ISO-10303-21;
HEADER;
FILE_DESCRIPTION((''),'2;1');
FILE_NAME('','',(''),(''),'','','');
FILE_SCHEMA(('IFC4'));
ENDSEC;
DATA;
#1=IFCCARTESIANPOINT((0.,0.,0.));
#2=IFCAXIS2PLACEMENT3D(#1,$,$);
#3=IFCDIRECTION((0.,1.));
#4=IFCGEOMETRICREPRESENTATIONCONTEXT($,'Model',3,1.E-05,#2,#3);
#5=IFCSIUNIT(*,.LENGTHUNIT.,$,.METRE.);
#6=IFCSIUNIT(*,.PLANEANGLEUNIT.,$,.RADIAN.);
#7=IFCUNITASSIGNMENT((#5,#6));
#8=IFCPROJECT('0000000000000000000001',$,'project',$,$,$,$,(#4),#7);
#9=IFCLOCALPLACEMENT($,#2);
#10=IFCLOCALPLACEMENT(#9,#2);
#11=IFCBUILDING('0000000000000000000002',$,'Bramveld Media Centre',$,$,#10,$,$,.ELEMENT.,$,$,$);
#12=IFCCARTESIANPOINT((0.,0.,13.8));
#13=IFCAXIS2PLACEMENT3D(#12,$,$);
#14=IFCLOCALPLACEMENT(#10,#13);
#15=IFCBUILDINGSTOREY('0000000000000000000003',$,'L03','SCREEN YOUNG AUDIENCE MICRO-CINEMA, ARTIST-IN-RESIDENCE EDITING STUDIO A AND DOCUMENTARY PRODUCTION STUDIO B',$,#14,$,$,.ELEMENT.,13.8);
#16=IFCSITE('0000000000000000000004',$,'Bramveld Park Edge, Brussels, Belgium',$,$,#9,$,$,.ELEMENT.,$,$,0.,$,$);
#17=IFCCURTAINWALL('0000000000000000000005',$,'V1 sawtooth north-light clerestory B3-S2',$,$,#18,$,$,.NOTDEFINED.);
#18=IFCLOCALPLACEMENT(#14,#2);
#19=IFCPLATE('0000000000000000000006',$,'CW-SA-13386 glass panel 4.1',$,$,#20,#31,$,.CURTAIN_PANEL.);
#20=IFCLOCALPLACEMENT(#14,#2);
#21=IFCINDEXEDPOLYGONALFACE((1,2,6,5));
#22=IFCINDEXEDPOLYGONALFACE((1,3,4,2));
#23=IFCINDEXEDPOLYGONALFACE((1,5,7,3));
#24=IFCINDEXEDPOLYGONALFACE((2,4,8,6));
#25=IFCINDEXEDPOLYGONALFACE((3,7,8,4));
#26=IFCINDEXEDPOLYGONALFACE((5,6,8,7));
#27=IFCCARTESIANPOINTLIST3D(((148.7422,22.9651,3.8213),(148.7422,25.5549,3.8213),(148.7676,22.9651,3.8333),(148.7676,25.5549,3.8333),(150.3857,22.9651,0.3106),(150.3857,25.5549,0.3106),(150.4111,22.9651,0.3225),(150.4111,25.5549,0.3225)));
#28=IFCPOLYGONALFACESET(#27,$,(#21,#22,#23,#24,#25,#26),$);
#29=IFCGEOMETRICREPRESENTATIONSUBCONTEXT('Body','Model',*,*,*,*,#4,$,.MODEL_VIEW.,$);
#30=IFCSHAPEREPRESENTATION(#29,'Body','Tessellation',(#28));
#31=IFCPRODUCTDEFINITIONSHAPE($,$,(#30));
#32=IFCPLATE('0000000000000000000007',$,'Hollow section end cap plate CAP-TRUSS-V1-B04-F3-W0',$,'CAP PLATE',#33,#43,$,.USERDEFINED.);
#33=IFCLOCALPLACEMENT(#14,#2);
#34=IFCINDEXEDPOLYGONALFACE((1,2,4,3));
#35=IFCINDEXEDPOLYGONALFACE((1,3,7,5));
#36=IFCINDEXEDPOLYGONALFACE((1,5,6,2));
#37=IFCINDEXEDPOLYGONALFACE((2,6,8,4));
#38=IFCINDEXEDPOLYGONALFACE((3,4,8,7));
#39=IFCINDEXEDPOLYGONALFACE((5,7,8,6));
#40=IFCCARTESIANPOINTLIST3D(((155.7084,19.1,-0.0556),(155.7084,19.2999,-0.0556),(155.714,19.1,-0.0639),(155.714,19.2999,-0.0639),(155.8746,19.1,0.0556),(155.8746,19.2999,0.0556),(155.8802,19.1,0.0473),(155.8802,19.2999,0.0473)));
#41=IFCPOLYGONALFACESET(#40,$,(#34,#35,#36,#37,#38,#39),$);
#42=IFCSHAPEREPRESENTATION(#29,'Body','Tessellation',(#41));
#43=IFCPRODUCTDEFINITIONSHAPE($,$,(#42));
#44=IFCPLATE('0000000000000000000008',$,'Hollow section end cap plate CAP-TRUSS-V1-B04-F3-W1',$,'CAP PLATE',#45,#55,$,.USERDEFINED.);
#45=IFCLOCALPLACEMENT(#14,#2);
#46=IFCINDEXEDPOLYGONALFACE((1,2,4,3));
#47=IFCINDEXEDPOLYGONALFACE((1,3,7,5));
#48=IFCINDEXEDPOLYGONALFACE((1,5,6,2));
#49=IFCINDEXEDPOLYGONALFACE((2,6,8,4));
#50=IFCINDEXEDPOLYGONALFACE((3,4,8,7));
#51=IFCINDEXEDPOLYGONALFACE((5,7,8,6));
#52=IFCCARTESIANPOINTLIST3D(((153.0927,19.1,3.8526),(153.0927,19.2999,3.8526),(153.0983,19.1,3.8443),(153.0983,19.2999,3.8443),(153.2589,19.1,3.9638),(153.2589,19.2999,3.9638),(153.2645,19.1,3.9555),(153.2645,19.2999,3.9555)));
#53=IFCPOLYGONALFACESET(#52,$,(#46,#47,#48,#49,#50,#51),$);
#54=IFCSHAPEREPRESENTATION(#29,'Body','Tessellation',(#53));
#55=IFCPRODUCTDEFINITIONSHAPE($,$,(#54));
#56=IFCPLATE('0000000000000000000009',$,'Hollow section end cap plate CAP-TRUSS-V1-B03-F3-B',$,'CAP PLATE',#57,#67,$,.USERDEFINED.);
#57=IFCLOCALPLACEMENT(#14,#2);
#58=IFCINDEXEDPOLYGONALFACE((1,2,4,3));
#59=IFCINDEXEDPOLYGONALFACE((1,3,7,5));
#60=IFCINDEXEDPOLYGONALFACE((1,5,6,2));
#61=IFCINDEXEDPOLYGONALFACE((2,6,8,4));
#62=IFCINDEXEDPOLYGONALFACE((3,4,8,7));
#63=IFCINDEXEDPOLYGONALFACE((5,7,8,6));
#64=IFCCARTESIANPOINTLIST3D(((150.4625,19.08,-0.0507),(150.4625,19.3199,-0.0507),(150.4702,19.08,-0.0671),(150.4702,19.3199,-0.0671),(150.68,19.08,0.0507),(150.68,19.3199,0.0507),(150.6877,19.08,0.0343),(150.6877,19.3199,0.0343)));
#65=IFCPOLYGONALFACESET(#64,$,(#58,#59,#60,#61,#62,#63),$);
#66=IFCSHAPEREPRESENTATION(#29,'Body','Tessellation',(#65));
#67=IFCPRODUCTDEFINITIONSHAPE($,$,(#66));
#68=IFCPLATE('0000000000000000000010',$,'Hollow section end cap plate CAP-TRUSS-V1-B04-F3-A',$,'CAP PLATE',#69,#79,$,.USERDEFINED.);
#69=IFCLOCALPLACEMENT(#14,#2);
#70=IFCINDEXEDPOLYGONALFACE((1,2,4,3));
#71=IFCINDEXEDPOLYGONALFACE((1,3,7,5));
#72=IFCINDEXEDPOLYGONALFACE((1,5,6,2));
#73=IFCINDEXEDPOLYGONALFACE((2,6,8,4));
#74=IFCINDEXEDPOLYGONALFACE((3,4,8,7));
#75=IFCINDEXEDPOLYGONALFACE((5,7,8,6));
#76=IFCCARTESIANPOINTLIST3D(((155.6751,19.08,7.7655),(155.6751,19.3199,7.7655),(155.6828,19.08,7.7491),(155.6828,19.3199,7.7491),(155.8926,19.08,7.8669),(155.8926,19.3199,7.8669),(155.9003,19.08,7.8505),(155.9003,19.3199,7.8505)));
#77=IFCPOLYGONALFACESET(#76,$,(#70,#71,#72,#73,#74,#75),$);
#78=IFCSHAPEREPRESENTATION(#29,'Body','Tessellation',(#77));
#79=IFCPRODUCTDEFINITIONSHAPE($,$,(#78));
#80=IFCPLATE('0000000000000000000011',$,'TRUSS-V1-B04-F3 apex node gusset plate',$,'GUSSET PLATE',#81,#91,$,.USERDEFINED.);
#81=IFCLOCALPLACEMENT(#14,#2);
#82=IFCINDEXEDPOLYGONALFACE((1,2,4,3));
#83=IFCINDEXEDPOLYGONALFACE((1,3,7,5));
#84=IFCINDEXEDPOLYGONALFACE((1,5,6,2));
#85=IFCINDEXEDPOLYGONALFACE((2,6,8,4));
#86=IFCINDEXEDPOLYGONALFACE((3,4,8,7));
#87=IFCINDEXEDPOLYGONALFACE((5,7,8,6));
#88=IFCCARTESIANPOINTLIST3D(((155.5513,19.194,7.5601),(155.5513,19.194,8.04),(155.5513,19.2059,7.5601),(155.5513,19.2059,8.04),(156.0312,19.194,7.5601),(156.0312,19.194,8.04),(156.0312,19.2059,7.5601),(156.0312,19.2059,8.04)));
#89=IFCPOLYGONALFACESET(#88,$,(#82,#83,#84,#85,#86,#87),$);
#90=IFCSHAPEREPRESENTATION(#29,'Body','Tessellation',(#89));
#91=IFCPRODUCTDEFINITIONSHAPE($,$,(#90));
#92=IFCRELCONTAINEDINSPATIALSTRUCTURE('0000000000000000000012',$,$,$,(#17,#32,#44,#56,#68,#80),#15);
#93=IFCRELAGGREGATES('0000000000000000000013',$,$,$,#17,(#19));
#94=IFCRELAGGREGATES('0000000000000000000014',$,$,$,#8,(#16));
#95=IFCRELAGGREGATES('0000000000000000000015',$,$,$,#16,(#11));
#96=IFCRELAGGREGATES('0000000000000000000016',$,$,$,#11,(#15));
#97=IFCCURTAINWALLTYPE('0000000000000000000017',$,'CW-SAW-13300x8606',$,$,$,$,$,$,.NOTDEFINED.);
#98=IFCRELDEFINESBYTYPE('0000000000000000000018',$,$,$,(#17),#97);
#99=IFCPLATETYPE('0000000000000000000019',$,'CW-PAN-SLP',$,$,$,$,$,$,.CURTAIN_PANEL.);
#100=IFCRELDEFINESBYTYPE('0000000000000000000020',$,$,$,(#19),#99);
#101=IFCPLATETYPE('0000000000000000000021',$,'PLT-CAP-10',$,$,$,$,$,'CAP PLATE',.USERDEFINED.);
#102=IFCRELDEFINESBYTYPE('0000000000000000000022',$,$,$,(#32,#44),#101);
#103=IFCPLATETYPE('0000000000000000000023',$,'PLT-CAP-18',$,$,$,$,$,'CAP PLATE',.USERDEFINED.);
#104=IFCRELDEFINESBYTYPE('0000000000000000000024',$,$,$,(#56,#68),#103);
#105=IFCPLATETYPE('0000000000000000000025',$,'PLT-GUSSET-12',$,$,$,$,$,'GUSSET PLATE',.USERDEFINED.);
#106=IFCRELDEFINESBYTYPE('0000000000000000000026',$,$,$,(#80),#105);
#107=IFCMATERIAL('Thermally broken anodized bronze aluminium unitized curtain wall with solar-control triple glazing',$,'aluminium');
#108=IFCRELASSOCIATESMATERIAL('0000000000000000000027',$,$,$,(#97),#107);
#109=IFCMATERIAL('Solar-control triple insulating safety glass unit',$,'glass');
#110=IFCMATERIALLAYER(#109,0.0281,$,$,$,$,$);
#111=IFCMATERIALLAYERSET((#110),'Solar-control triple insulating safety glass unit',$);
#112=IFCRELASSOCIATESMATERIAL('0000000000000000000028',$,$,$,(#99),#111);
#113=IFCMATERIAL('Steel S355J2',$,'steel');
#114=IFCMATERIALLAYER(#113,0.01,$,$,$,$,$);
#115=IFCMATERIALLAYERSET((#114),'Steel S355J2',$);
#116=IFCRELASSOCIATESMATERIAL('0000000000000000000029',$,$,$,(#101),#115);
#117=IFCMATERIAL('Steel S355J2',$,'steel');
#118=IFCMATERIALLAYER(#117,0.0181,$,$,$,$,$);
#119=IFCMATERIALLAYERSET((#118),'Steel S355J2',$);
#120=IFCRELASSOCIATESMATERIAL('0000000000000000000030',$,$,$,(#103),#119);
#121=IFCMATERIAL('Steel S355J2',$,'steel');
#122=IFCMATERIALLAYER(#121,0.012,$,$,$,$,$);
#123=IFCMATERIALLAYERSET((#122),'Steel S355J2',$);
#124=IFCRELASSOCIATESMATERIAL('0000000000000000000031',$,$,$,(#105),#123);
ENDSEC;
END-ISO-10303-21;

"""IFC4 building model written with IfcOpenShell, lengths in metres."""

from ifc_helpers import new_model, si_unit, direction, frame, origin, origin_2d, place, context, subcontext, project, spatial, polyline, rectangle, outline, extrude, material, layer, layer_set, type_object, element, aggregate, save


model = new_model("IFC4")

# Units and contexts
model_context = context("Model", 3, precision=1e-05, world=origin(), true_north=direction((0.0, 1.0)))
body_context = subcontext(model_context, "Body", "Model", "MODEL_VIEW")
ifc_project = project(units=[si_unit("LENGTHUNIT", "METRE"), si_unit("PLANEANGLEUNIT", "RADIAN")], contexts=[model_context])

# Site, building, storey
site_placement = place(None, origin())
site = spatial("IfcSite", under=ifc_project, at=site_placement, Name="Bramveld Park Edge, Brussels, Belgium", CompositionType="ELEMENT", RefElevation=0.0)
building_placement = place(site_placement, origin())
building = spatial("IfcBuilding", under=site, at=building_placement, Name="Bramveld Media Centre", CompositionType="ELEMENT")
storey_placement = place(building_placement, frame((0.0, 0.0, 13.8)))
storey = spatial("IfcBuildingStorey", under=building, at=storey_placement, Name="L03", Description="SCREEN YOUNG AUDIENCE MICRO-CINEMA, ARTIST-IN-RESIDENCE EDITING STUDIO A AND DOCUMENTARY PRODUCTION STUDIO B", CompositionType="ELEMENT", Elevation=13.8)

# Curtain wall
ifc_material_1 = material(Name="Thermally broken anodized bronze aluminium unitized curtain wall with solar-control triple glazing", Category="aluminium")
curtain_wall_type = type_object("IfcCurtainWallType", Name="CW-SAW-13300x8606", PredefinedType="NOTDEFINED", material=ifc_material_1)
curtain_wall_1_placement = place(storey_placement, origin())
curtain_wall_1 = element("IfcCurtainWall", 1, at=curtain_wall_1_placement, inside=storey, type_object=curtain_wall_type, Name="V1 sawtooth north-light clerestory B3-S2", PredefinedType="NOTDEFINED")

# Plate
ifc_material_2 = material(Name="Solar-control triple insulating safety glass unit", Category="glass")
ifc_layer_1 = layer(ifc_material_2, 0.0281)
ifc_layer_set_1 = layer_set([ifc_layer_1], Name="Solar-control triple insulating safety glass unit")
plate_type_1 = type_object("IfcPlateType", Name="CW-PAN-SLP", PredefinedType="CURTAIN_PANEL", material=ifc_layer_set_1)
plate_1_placement = place(storey_placement, frame((150.4111, 22.9651, 0.3225), z_axis=(0.905668, 0.0, 0.423988), x_axis=(0.0, 1.0, 0.0)))
plate_1 = element("IfcPlate", 2, at=plate_1_placement, type_object=plate_type_1, Name="CW-SA-13386 glass panel 4.1", PredefinedType="CURTAIN_PANEL", context=body_context, shape_type="SweptSolid", body=[
    extrude(outline(polyline([(0.0, 0.0), (2.5898, 0.0), (2.5898, 3.8764), (0.0, 3.8764), (0.0, 0.0)])), origin(), (0.0, 0.0, -1.0), 0.0281),
])
aggregate(curtain_wall_1, [plate_1])

# Plates
ifc_material_3 = material(Name="Steel S355J2", Category="steel")
ifc_layer_2 = layer(ifc_material_3, 0.01)
ifc_layer_set_2 = layer_set([ifc_layer_2], Name="Steel S355J2")
plate_type_2 = type_object("IfcPlateType", Name="PLT-CAP-10", ElementType="CAP PLATE", PredefinedType="USERDEFINED", material=ifc_layer_set_2)
for number, where, z_axis, x_axis, name in (
    (3, (155.7915, 19.2, 0.0), (0.55616, 0.0, -0.831075), (0.0, 1.0, 0.0), "Hollow section end cap plate CAP-TRUSS-V1-B04-F3-W0"),
    (4, (153.1814, 19.2, 3.8999), (-0.55616, 0.0, 0.831075), (0.0, -1.0, 0.0), "Hollow section end cap plate CAP-TRUSS-V1-B04-F3-W1"),
):
    element("IfcPlate", number, at=place(storey_placement, frame(where, z_axis=z_axis, x_axis=x_axis)), inside=storey, type_object=plate_type_2, Name=name, ObjectType="CAP PLATE", PredefinedType="USERDEFINED", context=body_context, shape_type="SweptSolid", body=[
        extrude(rectangle(XDim=0.2, YDim=0.2, at=origin_2d()), origin(), (0.0, 0.0, 1.0), 0.01),
    ])
ifc_material_4 = material(Name="Steel S355J2", Category="steel")
ifc_layer_3 = layer(ifc_material_4, 0.0181)
ifc_layer_set_3 = layer_set([ifc_layer_3], Name="Steel S355J2")
plate_type_3 = type_object("IfcPlateType", Name="PLT-CAP-18", ElementType="CAP PLATE", PredefinedType="USERDEFINED", material=ifc_layer_set_3)
for number, where, z_axis, x_axis, name in (
    (5, (150.5713, 19.2, 0.0), (0.422618, 0.0, -0.906308), (0.0, 1.0, 0.0), "Hollow section end cap plate CAP-TRUSS-V1-B03-F3-B"),
    (6, (155.7915, 19.2, 7.7998), (-0.422628, 0.0, 0.906303), (0.0, -1.0, 0.0), "Hollow section end cap plate CAP-TRUSS-V1-B04-F3-A"),
):
    element("IfcPlate", number, at=place(storey_placement, frame(where, z_axis=z_axis, x_axis=x_axis)), inside=storey, type_object=plate_type_3, Name=name, ObjectType="CAP PLATE", PredefinedType="USERDEFINED", context=body_context, shape_type="SweptSolid", body=[
        extrude(rectangle(XDim=0.24, YDim=0.24, at=origin_2d()), origin(), (0.0, 0.0, 1.0), 0.0181),
    ])
ifc_material_5 = material(Name="Steel S355J2", Category="steel")
ifc_layer_4 = layer(ifc_material_5, 0.012)
ifc_layer_set_4 = layer_set([ifc_layer_4], Name="Steel S355J2")
plate_type_4 = type_object("IfcPlateType", Name="PLT-GUSSET-12", ElementType="GUSSET PLATE", PredefinedType="USERDEFINED", material=ifc_layer_set_4)
plate_2_placement = place(storey_placement, frame((155.7913, 19.2, 7.5601), z_axis=(0.0, 0.0, 1.0), x_axis=(1.0, 0.0, 0.0)))
element("IfcPlate", 7, at=plate_2_placement, inside=storey, type_object=plate_type_4, Name="TRUSS-V1-B04-F3 apex node gusset plate", ObjectType="GUSSET PLATE", PredefinedType="USERDEFINED", context=body_context, shape_type="SweptSolid", body=[
    extrude(rectangle(XDim=0.48, YDim=0.012, at=origin_2d()), origin(), (0.0, 0.0, 1.0), 0.48),
])

save(model, "model.ifc")
